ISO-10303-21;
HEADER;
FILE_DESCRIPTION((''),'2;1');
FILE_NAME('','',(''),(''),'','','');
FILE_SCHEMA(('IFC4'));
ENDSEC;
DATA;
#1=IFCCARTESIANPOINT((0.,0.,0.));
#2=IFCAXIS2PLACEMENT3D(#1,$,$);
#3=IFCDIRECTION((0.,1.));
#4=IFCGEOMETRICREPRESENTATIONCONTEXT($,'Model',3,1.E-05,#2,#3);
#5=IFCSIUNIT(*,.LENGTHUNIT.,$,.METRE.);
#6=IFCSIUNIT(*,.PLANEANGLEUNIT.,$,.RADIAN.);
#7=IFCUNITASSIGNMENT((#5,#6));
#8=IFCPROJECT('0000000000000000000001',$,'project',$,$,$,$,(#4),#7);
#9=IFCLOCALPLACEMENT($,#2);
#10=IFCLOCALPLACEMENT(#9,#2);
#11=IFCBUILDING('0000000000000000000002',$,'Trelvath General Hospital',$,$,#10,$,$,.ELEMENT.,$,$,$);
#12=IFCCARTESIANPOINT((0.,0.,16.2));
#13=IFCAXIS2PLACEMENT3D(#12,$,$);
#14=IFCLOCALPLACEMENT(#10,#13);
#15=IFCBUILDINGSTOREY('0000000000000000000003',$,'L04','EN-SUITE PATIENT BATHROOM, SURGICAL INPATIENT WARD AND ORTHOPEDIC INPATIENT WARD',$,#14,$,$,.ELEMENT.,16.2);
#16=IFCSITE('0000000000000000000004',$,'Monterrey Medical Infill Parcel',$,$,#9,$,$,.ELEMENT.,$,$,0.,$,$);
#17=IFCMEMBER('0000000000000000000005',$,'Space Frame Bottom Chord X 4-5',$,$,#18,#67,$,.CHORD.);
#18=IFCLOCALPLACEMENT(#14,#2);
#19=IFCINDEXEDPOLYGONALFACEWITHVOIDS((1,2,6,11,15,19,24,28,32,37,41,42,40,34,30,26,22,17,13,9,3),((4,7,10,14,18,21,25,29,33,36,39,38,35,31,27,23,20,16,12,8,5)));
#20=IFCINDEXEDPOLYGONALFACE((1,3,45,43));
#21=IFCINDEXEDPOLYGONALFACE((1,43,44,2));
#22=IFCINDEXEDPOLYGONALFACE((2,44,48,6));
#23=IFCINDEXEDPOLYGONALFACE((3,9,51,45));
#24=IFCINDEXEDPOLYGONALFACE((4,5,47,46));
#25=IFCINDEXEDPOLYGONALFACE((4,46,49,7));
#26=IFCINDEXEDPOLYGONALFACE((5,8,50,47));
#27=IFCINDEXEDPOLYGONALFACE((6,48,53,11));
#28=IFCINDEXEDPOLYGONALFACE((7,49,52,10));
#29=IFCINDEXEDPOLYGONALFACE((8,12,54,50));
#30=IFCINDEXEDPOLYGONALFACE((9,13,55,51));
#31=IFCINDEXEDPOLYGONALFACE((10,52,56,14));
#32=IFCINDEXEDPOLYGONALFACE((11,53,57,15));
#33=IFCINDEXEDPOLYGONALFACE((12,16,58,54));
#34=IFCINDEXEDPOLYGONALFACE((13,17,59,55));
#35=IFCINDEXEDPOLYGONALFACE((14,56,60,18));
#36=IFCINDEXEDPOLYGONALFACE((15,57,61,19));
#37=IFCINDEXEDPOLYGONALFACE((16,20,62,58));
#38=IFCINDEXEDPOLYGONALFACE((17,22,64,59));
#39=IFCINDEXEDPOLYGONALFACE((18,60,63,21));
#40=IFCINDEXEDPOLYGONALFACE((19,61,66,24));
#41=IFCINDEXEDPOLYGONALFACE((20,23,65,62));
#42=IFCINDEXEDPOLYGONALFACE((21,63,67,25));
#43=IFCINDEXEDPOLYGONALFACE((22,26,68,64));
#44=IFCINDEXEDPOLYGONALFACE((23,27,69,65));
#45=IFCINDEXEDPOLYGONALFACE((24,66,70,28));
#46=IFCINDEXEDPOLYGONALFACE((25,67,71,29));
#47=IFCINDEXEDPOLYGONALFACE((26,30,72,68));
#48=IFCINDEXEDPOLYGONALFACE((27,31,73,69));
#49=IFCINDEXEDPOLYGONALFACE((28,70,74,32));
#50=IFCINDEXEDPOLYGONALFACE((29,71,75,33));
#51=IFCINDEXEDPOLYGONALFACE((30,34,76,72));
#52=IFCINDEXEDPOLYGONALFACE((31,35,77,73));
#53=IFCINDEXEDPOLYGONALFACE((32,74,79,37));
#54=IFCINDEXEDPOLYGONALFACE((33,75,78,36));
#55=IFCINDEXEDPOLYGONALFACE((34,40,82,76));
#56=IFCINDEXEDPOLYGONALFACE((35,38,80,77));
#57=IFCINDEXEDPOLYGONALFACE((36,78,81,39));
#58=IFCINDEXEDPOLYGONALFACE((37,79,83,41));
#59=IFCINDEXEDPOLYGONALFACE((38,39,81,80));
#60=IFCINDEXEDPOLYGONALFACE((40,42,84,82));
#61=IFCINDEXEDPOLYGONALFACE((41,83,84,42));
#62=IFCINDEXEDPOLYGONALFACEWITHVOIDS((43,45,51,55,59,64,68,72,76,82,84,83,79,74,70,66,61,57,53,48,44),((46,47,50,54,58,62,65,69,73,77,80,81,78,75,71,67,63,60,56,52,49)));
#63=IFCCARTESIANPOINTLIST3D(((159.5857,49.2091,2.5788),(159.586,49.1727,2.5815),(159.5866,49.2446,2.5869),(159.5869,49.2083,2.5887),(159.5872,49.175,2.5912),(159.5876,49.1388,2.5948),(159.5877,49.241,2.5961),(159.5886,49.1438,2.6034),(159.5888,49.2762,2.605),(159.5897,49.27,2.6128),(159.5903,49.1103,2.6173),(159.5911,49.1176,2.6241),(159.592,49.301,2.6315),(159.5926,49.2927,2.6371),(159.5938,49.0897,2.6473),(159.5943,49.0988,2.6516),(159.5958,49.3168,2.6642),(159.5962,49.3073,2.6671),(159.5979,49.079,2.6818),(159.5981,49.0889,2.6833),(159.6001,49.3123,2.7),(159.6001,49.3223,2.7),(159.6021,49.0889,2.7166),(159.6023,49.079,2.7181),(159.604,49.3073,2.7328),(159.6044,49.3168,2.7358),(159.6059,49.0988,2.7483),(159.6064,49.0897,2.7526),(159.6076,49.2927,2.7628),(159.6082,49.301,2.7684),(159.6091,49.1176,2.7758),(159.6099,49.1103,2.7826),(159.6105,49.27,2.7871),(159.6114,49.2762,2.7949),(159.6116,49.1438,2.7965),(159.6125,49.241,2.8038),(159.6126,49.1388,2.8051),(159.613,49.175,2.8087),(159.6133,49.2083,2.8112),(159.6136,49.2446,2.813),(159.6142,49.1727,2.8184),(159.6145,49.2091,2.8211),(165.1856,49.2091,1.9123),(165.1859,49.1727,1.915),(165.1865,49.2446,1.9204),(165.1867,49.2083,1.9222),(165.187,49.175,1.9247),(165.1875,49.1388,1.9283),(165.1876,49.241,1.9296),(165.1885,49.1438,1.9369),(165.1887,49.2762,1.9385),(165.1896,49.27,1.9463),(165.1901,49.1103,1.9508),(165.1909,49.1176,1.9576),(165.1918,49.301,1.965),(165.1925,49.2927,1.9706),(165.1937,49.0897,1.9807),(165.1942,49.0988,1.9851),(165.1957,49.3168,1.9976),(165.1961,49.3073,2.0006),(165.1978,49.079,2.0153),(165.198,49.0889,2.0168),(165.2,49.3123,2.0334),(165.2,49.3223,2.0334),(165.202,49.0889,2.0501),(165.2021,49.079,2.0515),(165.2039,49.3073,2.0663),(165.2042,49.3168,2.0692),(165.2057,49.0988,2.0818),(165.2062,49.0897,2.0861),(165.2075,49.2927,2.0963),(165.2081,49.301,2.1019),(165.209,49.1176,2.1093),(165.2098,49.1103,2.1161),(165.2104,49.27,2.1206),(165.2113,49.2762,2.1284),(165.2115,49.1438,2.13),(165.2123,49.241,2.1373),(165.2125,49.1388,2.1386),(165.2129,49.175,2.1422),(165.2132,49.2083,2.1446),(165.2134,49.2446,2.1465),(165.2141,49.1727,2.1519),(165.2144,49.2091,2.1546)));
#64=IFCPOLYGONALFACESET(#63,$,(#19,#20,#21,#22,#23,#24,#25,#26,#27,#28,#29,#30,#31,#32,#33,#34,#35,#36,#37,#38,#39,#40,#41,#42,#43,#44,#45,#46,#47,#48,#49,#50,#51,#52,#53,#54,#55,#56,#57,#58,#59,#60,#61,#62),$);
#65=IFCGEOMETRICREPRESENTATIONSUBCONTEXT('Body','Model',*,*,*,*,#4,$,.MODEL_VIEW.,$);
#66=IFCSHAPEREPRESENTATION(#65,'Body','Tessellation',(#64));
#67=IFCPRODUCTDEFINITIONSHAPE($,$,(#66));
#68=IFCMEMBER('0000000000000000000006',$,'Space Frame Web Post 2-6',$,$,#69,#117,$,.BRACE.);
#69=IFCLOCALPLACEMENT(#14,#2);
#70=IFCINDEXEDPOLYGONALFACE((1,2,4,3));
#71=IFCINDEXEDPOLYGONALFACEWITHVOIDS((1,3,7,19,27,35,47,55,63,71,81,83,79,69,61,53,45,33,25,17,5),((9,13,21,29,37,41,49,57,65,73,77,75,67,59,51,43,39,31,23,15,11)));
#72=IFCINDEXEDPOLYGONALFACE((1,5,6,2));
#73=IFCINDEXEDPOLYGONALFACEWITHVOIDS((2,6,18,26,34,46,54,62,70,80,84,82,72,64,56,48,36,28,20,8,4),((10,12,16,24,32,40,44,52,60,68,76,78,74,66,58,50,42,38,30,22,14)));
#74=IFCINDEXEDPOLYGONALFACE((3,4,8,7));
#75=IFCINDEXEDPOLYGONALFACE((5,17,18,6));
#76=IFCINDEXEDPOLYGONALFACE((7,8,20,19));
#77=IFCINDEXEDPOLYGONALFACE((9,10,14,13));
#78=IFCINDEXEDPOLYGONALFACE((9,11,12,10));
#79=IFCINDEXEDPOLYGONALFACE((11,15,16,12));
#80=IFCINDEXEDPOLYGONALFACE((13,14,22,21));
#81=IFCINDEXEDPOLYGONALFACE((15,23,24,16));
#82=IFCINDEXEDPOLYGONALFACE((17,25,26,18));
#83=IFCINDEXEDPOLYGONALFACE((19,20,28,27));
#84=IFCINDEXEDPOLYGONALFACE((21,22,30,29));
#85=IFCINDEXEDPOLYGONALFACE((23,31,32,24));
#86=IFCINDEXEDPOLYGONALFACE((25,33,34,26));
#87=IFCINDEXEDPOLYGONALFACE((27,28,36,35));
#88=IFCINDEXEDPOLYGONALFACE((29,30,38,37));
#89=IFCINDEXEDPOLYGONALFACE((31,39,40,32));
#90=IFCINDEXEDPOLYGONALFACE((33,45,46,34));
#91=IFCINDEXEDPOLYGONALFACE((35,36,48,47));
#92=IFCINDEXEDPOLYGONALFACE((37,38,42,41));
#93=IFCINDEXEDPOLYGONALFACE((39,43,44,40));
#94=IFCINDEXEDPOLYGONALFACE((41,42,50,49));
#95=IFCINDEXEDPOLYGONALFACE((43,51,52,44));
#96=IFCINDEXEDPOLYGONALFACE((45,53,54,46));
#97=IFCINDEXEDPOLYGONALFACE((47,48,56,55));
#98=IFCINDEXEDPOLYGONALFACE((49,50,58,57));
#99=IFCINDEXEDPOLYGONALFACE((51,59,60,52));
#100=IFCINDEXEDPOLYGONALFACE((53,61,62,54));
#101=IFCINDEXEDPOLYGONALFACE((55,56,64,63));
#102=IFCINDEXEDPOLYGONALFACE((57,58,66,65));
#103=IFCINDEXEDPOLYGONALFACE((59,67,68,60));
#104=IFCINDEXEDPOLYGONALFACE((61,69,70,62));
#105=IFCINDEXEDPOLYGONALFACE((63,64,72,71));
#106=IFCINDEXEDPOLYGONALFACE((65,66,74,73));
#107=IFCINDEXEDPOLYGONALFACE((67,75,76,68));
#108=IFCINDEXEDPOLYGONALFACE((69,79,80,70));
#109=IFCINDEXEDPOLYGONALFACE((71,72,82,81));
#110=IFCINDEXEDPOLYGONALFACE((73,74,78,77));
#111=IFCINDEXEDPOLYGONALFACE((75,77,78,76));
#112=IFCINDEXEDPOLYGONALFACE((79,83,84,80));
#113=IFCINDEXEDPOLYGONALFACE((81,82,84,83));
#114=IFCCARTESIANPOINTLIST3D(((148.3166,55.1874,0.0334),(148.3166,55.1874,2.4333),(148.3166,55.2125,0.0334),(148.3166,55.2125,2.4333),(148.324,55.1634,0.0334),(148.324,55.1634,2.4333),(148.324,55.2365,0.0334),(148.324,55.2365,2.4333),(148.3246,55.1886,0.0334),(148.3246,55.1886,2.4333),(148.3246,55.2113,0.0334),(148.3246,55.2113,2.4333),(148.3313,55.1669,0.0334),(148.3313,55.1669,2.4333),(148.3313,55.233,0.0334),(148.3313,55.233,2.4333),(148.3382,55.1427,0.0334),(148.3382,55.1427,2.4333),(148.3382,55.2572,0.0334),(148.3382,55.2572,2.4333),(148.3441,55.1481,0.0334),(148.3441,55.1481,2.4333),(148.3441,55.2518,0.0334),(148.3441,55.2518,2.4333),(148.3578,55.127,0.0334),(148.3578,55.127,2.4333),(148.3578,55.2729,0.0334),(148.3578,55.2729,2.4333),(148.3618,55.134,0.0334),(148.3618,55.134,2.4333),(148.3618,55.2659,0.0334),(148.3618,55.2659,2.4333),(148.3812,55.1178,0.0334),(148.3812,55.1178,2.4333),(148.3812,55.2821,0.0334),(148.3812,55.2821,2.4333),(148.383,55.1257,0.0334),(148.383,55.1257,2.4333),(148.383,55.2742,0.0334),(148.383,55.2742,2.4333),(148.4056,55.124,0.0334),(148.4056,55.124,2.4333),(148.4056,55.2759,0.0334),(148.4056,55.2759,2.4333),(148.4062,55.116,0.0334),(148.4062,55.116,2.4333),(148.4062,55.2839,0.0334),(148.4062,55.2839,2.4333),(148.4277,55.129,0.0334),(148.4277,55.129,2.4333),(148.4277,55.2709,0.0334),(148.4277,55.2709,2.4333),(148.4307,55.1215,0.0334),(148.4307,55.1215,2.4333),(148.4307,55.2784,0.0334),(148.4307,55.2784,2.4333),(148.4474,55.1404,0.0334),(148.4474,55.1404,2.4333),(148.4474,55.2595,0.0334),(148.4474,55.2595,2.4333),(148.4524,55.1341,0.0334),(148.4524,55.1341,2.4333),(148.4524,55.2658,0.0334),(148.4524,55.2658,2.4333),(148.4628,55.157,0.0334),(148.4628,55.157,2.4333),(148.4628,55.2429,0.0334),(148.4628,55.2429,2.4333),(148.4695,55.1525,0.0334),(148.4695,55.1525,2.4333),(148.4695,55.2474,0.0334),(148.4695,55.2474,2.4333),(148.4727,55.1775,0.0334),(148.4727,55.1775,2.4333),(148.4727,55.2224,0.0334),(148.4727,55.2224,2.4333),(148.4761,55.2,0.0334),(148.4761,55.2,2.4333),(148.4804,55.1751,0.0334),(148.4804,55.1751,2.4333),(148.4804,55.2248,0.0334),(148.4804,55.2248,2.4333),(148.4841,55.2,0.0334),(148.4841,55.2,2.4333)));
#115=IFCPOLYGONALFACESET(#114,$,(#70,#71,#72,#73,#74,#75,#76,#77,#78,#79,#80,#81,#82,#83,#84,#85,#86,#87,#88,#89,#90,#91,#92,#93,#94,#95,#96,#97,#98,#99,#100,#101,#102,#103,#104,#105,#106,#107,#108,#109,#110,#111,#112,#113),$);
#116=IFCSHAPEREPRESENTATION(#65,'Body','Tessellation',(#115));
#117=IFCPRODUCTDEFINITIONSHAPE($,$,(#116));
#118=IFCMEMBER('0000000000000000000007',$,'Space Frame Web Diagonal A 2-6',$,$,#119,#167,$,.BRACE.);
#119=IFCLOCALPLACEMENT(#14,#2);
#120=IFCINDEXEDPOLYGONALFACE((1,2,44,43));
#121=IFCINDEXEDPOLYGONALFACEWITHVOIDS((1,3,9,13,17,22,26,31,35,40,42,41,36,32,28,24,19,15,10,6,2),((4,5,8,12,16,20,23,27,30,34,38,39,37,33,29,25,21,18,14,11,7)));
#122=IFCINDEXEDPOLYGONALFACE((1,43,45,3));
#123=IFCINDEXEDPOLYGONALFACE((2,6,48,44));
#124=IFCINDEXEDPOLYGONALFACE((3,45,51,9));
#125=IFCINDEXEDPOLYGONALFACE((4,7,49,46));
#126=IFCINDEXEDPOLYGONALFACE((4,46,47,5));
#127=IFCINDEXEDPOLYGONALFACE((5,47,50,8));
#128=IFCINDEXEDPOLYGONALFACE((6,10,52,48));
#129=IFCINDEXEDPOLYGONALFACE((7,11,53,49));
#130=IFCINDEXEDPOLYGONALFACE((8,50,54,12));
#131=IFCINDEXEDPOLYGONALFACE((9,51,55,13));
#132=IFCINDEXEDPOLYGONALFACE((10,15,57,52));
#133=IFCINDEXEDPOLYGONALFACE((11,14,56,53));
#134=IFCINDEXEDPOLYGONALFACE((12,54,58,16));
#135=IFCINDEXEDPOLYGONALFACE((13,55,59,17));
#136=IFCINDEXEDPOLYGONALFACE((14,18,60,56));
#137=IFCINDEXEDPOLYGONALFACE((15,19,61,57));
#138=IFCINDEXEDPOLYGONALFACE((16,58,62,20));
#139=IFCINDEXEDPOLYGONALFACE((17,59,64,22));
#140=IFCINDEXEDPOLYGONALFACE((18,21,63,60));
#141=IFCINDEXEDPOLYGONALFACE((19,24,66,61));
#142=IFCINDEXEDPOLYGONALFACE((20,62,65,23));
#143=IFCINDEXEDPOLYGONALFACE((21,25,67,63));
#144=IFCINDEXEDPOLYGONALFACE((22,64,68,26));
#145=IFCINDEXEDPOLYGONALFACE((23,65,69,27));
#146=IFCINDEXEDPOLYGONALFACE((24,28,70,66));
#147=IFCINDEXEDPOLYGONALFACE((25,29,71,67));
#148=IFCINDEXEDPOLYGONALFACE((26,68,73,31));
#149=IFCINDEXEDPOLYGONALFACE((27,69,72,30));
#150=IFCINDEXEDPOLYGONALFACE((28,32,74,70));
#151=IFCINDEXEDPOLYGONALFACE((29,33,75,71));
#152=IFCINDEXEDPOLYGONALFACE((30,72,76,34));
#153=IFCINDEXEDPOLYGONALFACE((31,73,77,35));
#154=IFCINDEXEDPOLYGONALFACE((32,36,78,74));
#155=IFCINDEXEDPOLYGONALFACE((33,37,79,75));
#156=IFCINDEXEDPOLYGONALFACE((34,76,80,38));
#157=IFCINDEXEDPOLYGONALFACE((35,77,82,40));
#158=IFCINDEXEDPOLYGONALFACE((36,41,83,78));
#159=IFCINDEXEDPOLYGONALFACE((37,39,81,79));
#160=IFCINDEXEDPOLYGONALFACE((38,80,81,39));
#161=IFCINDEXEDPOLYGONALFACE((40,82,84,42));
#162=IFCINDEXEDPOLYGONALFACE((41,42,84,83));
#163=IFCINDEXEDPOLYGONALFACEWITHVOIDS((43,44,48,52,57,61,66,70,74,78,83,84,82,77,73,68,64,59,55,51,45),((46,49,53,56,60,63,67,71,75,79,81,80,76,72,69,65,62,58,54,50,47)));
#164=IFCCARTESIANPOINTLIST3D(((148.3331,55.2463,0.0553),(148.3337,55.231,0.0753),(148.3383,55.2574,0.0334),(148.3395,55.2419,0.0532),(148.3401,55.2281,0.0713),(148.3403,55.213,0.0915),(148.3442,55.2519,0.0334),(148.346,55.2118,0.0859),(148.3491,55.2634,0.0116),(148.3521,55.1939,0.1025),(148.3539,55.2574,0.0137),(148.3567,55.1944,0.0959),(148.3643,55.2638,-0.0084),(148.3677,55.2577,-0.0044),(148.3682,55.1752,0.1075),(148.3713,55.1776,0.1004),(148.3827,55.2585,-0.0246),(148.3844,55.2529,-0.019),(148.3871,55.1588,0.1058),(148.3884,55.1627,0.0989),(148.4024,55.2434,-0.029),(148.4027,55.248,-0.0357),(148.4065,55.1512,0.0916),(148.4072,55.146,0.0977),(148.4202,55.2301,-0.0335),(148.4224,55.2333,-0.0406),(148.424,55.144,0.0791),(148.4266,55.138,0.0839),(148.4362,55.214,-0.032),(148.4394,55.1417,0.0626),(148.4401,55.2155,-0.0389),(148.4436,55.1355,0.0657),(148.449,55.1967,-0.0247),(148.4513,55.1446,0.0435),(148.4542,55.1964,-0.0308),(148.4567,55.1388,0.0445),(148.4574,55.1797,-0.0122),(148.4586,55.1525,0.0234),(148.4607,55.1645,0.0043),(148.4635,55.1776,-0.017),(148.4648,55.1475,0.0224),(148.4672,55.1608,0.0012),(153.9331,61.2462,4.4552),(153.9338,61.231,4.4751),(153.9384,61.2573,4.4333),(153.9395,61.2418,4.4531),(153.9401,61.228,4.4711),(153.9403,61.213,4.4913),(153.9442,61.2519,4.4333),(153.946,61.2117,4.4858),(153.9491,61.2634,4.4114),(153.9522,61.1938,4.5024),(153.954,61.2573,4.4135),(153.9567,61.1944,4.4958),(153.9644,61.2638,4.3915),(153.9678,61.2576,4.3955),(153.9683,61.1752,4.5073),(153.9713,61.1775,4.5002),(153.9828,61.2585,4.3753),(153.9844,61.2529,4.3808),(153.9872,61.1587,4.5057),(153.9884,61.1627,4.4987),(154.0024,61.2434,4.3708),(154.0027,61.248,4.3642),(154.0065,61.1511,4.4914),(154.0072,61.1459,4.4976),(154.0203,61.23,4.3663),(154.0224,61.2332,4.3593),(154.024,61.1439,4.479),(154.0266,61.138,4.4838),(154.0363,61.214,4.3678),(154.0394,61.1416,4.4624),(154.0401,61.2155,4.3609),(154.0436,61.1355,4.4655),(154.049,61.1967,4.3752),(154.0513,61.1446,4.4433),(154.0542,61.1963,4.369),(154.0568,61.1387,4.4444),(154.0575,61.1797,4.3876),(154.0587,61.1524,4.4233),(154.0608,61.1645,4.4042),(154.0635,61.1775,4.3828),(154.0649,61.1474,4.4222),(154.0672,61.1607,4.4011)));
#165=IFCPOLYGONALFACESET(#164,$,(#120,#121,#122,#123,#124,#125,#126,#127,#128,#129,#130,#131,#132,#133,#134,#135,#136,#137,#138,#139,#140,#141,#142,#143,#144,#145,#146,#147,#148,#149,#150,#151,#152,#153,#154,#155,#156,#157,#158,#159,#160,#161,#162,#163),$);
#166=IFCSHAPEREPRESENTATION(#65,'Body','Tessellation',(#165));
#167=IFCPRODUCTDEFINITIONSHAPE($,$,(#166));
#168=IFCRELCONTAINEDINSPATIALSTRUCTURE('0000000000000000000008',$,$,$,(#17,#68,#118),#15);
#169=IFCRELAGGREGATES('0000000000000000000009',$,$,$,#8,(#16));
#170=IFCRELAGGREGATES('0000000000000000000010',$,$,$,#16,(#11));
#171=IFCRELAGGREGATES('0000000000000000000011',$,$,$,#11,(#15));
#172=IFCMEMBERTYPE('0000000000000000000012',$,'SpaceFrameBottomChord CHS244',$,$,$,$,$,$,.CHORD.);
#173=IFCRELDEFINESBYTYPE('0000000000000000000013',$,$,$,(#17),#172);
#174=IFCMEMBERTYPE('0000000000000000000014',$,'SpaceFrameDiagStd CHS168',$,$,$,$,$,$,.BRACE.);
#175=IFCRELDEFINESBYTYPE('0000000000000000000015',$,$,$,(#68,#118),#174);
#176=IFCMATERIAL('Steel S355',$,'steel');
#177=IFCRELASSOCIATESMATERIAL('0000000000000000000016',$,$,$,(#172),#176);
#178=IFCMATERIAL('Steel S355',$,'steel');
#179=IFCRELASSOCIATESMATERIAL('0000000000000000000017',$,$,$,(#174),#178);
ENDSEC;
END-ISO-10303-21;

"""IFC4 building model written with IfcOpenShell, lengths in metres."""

from ifc_helpers import new_model, si_unit, direction, frame, origin, origin_2d, place, context, subcontext, project, spatial, hollow_circle, extrude, material, material_profile, profile_set, type_object, element, save


model = new_model("IFC4")

# Units and contexts
model_context = context("Model", 3, precision=1e-05, world=origin(), true_north=direction((0.0, 1.0)))
body_context = subcontext(model_context, "Body", "Model", "MODEL_VIEW")
ifc_project = project(units=[si_unit("LENGTHUNIT", "METRE"), si_unit("PLANEANGLEUNIT", "RADIAN")], contexts=[model_context])

# Site, building, storey
site_placement = place(None, origin())
site = spatial("IfcSite", under=ifc_project, at=site_placement, Name="Monterrey Medical Infill Parcel", CompositionType="ELEMENT", RefElevation=0.0)
building_placement = place(site_placement, origin())
building = spatial("IfcBuilding", under=site, at=building_placement, Name="Trelvath General Hospital", CompositionType="ELEMENT")
storey_placement = place(building_placement, frame((0.0, 0.0, 16.2)))
storey = spatial("IfcBuildingStorey", under=building, at=storey_placement, Name="L04", Description="EN-SUITE PATIENT BATHROOM, SURGICAL INPATIENT WARD AND ORTHOPEDIC INPATIENT WARD", CompositionType="ELEMENT", Elevation=16.2)

# Members
ifc_material_1 = material(Name="Steel S355", Category="steel")
ifc_material_profile_1 = material_profile(ifc_material_1, hollow_circle(Radius=0.1223, WallThickness=0.01, at=origin_2d()), Name="CHS244.5x10.0")
ifc_profile_set_1 = profile_set([ifc_material_profile_1], Name="Steel S355")
member_type_1 = type_object("IfcMemberType", Name="SpaceFrameBottomChord CHS244", PredefinedType="CHORD", material=ifc_profile_set_1)
member_1_placement = place(storey_placement, frame((159.6001, 49.2, 2.7), z_axis=(0.992991, 0.0, -0.118187), x_axis=(0.0, 1.0, 0.0)))
element("IfcMember", 1, at=member_1_placement, inside=storey, type_object=member_type_1, Name="Space Frame Bottom Chord X 4-5", PredefinedType="CHORD", context=body_context, shape_type="SweptSolid", body=[
    extrude(hollow_circle(Radius=0.1223, WallThickness=0.01, at=origin_2d()), origin(), (0.0, 0.0, 1.0), 5.6394),
])
ifc_material_2 = material(Name="Steel S355", Category="steel")
ifc_material_profile_2 = material_profile(ifc_material_2, hollow_circle(Radius=0.0842, WallThickness=0.0081, at=origin_2d()), Name="CHS168.3x8.0")
ifc_profile_set_2 = profile_set([ifc_material_profile_2], Name="Steel S355")
member_type_2 = type_object("IfcMemberType", Name="SpaceFrameDiagStd CHS168", PredefinedType="BRACE", material=ifc_profile_set_2)
member_2_placement = place(storey_placement, frame((148.3999, 55.2, 0.0334), z_axis=(0.0, 0.0, 1.0), x_axis=(1.0, 0.0, 0.0)))
element("IfcMember", 2, at=member_2_placement, inside=storey, type_object=member_type_2, Name="Space Frame Web Post 2-6", PredefinedType="BRACE", context=body_context, shape_type="SweptSolid", body=[
    extrude(hollow_circle(Radius=0.0842, WallThickness=0.0081, at=origin_2d()), origin(), (0.0, 0.0, 1.0), 2.3999),
])
member_3_placement = place(storey_placement, frame((148.3999, 55.2, 0.0334), z_axis=(0.601361, 0.644304, 0.472479), x_axis=(-0.731049, 0.682325, 0.0)))
element("IfcMember", 3, at=member_3_placement, inside=storey, type_object=member_type_2, Name="Space Frame Web Diagonal A 2-6", PredefinedType="BRACE", context=body_context, shape_type="SweptSolid", body=[
    extrude(hollow_circle(Radius=0.0842, WallThickness=0.0081, at=origin_2d()), origin(), (0.0, 0.0, 1.0), 9.3123),
])

save(model, "model.ifc")
